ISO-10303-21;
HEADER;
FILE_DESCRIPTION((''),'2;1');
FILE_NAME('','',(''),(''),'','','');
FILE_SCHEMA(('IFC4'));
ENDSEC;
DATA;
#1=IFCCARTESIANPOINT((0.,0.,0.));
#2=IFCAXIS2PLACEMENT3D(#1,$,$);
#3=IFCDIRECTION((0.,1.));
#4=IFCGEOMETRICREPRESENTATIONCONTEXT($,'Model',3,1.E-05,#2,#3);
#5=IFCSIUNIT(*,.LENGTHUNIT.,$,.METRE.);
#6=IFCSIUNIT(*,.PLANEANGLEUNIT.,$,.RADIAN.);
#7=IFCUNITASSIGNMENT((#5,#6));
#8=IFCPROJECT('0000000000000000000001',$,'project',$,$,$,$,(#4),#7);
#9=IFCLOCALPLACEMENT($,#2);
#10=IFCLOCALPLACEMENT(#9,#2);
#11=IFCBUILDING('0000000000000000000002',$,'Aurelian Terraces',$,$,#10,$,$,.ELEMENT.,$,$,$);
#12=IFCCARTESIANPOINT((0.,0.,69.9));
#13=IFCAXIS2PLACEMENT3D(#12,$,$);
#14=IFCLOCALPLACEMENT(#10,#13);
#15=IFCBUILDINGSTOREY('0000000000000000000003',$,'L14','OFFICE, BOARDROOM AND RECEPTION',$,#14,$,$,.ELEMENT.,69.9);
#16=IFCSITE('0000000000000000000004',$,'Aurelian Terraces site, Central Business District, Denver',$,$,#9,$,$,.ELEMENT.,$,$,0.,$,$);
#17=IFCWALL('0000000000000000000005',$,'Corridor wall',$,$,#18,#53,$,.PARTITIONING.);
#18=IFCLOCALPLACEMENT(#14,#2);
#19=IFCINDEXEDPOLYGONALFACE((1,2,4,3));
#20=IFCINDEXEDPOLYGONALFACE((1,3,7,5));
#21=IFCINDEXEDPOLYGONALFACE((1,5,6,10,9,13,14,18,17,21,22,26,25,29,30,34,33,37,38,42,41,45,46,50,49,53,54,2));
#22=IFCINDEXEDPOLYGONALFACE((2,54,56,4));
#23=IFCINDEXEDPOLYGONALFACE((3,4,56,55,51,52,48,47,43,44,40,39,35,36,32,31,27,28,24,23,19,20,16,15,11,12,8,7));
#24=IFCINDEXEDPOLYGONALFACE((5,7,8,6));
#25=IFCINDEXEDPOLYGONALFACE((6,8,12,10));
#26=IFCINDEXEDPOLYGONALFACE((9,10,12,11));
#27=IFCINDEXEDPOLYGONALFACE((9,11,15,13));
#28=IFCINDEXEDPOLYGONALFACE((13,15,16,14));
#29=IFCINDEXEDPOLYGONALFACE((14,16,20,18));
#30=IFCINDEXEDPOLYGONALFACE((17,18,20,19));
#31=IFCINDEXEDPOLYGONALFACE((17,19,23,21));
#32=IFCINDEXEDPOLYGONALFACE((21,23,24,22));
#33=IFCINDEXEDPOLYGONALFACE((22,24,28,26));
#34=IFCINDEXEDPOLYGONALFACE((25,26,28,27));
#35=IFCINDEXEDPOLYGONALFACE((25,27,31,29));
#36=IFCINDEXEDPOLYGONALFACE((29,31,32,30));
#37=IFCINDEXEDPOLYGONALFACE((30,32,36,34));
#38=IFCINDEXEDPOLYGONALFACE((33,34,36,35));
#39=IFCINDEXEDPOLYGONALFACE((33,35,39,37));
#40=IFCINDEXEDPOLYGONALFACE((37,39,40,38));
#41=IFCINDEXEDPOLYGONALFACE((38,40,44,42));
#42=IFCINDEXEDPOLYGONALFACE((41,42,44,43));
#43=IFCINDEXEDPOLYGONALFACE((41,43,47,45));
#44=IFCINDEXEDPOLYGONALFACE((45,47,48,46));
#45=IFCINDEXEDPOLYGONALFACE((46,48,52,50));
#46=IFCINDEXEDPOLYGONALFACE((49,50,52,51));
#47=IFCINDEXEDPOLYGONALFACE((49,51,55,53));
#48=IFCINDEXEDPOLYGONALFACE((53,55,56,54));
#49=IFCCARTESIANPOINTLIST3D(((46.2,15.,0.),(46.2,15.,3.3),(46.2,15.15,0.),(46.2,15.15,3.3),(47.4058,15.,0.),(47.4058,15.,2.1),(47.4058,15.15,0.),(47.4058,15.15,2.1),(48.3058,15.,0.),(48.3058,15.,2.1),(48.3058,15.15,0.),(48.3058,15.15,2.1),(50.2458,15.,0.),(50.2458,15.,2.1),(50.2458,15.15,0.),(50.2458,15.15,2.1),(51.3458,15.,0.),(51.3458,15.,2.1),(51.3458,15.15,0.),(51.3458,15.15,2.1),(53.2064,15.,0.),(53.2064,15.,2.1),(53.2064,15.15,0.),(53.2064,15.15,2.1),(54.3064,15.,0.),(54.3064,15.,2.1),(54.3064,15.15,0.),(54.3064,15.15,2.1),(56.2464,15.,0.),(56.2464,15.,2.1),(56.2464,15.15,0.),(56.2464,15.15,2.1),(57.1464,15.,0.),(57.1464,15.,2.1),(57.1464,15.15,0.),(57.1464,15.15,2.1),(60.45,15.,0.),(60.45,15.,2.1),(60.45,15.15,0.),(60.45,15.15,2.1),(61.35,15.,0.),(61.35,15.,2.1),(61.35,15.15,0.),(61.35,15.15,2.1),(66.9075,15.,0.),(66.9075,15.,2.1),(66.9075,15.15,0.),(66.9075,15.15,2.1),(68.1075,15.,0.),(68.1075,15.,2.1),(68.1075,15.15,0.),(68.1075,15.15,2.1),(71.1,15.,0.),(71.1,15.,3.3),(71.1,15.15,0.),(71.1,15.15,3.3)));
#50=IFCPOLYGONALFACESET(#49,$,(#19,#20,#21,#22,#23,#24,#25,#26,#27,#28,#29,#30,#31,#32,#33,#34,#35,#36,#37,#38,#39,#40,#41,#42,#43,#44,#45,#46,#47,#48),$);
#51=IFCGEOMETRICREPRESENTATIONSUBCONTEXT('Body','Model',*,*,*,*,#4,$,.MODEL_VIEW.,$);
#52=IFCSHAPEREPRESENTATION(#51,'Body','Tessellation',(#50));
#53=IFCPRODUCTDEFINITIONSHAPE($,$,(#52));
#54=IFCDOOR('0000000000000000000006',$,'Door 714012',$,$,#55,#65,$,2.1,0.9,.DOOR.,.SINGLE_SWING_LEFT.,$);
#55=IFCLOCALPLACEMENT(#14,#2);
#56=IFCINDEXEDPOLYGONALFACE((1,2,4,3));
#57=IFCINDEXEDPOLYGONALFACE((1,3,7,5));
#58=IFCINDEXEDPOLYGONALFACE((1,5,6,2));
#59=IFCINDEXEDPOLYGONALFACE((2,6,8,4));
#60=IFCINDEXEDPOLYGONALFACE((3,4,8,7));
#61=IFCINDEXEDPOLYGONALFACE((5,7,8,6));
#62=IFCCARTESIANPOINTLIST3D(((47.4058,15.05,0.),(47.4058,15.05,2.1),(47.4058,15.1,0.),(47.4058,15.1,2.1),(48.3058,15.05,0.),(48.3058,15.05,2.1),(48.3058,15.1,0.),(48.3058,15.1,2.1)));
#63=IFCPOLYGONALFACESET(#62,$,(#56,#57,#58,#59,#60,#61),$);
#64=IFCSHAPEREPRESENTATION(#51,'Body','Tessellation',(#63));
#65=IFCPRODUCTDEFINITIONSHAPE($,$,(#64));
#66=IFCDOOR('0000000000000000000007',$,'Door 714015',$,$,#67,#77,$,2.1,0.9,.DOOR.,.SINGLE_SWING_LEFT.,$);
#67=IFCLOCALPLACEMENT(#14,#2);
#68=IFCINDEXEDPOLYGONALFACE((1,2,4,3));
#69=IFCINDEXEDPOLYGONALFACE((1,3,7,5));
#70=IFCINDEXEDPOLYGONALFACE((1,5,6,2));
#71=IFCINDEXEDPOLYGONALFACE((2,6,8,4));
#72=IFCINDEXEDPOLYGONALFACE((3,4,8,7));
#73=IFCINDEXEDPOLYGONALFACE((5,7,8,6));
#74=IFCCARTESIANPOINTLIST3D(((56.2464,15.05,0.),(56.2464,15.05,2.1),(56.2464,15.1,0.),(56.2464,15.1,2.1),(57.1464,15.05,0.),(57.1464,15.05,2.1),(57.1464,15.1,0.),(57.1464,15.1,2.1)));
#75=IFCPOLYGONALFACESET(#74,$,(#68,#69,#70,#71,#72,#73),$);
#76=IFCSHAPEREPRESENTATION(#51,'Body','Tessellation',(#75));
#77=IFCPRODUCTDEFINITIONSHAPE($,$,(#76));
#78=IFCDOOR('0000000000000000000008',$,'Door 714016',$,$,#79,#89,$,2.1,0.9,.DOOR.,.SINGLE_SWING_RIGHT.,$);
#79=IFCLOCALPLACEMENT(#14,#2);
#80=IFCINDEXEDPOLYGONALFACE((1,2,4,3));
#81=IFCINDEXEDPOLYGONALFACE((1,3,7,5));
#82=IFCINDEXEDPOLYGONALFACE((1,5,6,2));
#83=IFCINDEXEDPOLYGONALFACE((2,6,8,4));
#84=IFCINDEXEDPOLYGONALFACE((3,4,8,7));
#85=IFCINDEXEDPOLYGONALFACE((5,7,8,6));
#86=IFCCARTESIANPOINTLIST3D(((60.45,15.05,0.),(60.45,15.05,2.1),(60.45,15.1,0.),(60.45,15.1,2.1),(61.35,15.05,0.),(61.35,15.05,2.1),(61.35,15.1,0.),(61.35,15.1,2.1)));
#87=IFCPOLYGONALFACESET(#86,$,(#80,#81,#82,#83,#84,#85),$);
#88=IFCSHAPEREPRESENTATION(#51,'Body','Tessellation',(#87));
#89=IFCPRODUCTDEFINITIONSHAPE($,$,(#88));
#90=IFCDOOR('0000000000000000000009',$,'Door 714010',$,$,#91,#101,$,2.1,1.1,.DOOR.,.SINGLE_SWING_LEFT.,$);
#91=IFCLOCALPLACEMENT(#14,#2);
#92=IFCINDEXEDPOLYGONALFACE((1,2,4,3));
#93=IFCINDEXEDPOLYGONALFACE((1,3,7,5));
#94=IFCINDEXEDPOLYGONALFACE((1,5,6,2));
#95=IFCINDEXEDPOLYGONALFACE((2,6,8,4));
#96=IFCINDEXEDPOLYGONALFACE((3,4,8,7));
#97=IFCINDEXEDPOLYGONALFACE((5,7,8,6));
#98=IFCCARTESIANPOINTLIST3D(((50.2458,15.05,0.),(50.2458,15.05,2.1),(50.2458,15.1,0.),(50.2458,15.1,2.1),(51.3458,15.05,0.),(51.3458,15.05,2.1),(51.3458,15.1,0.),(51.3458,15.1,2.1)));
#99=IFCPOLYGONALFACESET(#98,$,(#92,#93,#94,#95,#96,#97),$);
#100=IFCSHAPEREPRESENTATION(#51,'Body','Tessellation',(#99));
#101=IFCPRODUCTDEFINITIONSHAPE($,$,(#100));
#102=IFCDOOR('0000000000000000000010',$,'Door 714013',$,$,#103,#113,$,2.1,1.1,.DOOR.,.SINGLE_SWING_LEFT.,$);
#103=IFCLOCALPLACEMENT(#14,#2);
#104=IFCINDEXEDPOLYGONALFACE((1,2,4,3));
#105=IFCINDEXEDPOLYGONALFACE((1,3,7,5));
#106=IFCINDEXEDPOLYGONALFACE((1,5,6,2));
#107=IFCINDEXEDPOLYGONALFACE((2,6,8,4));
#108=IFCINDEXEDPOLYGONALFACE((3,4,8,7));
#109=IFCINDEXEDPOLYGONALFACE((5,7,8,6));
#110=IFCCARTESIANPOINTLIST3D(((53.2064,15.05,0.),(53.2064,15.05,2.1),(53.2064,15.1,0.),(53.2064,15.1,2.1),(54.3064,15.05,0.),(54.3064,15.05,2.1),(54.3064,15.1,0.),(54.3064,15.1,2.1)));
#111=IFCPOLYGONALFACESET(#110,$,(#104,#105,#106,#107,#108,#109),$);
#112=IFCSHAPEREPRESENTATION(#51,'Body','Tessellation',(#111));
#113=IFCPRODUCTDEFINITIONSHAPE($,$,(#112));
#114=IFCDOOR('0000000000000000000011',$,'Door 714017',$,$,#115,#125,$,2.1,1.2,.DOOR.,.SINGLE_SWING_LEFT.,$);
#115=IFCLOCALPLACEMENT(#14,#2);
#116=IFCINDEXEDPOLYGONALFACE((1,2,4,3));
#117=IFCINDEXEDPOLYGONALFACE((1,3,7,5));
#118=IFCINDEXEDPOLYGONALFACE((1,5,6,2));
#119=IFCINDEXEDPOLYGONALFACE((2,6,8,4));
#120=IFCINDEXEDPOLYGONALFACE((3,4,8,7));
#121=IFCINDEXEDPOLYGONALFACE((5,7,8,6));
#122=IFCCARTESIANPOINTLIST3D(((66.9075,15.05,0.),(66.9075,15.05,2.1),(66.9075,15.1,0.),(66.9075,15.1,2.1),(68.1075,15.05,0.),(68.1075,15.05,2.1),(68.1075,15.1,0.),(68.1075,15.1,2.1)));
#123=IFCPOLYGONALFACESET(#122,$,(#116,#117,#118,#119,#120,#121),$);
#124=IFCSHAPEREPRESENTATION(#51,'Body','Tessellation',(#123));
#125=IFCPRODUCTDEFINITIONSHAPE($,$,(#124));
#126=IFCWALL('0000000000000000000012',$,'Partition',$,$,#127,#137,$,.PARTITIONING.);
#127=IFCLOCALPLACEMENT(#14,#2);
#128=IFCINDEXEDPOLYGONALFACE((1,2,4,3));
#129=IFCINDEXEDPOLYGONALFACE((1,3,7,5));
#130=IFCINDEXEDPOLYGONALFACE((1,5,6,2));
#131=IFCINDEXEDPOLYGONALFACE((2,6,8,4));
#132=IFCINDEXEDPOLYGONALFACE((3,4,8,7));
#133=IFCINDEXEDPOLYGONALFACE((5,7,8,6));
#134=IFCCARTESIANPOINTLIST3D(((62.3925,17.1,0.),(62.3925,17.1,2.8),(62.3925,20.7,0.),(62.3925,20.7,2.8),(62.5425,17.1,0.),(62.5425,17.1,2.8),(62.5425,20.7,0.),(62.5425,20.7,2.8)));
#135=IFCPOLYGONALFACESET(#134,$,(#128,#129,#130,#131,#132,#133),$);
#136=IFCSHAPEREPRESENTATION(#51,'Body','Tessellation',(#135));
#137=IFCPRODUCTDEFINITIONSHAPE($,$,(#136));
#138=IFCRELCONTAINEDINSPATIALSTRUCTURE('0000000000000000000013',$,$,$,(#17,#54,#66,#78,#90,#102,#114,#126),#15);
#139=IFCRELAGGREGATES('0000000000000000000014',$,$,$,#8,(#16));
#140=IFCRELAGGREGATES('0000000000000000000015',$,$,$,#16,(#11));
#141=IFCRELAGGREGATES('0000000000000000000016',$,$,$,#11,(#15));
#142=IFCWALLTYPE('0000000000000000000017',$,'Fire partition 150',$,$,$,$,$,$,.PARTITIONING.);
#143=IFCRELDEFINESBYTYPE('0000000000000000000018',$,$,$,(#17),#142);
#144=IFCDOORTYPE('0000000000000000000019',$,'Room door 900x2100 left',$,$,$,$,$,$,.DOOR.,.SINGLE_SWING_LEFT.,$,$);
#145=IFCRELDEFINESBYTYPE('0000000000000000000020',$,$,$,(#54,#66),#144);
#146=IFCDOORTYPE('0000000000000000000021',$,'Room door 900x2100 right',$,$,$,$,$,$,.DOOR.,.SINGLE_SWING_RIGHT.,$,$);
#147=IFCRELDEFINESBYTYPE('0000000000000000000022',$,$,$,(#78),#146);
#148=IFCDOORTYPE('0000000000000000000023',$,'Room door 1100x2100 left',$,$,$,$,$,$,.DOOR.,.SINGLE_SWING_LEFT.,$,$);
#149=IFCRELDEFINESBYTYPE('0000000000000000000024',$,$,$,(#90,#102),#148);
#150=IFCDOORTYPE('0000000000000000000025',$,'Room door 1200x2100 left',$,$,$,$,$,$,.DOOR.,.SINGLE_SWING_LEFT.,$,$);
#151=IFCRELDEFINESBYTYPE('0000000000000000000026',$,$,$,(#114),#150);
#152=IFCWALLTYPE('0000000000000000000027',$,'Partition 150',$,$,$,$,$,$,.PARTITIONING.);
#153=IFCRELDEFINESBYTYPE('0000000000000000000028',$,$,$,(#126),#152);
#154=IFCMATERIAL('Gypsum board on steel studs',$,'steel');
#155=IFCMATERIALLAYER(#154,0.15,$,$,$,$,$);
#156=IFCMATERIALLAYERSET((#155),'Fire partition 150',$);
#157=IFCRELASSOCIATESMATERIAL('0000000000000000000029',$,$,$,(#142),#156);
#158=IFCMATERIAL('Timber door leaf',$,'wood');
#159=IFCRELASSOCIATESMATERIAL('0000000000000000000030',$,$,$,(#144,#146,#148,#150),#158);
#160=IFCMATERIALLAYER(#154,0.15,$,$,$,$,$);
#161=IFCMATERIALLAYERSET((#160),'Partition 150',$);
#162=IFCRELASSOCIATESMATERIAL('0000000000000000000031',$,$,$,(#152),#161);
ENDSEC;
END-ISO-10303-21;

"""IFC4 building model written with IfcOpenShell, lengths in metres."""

from ifc_helpers import new_model, si_unit, direction, frame, frame_2d, origin, place, context, subcontext, project, spatial, rectangle, extrude, source, transform, mapped, material, layer, layer_set, type_object, element, fill, save


model = new_model("IFC4")

# Units and contexts
model_context = context("Model", 3, precision=1e-05, world=origin(), true_north=direction((0.0, 1.0)))
body_context = subcontext(model_context, "Body", "Model", "MODEL_VIEW")
ifc_project = project(units=[si_unit("LENGTHUNIT", "METRE"), si_unit("PLANEANGLEUNIT", "RADIAN")], contexts=[model_context])

# Site, building, storey
site_placement = place(None, origin())
site = spatial("IfcSite", under=ifc_project, at=site_placement, Name="Aurelian Terraces site, Central Business District, Denver", CompositionType="ELEMENT", RefElevation=0.0)
building_placement = place(site_placement, origin())
building = spatial("IfcBuilding", under=site, at=building_placement, Name="Aurelian Terraces", CompositionType="ELEMENT")
storey_placement = place(building_placement, frame((0.0, 0.0, 69.9)))
storey = spatial("IfcBuildingStorey", under=building, at=storey_placement, Name="L14", Description="OFFICE, BOARDROOM AND RECEPTION", CompositionType="ELEMENT", Elevation=69.9)

# Wall, openings, doors
ifc_material_1 = material(Name="Gypsum board on steel studs", Category="steel")
ifc_layer_1 = layer(ifc_material_1, 0.15)
ifc_layer_set_1 = layer_set([ifc_layer_1], Name="Fire partition 150")
wall_type_1 = type_object("IfcWallType", Name="Fire partition 150", PredefinedType="PARTITIONING", material=ifc_layer_set_1)
shared_shape_1 = source(origin(), body_context, "Body", "SweptSolid", [
    extrude(rectangle(XDim=24.9, YDim=0.15, at=frame_2d((12.45, 0.0))), origin(), (0.0, 0.0, 1.0), 3.3),
])
wall_1_placement = place(storey_placement, frame((71.1, 15.075, 0.0), z_axis=(0.0, 0.0, 1.0), x_axis=(-1.0, 0.0, 0.0)))
wall_1 = element("IfcWall", 1, at=wall_1_placement, inside=storey, type_object=wall_type_1, Name="Corridor wall", PredefinedType="PARTITIONING", context=body_context, shape_type="MappedRepresentation", body=[
    mapped(shared_shape_1, transform((0.0, 0.0, 0.0), scale=1.0)),
])
shared_shape_2 = source(origin(), body_context, "Body", "SweptSolid", [
    extrude(rectangle(XDim=1.1, YDim=2.1, at=frame_2d((0.55, 1.05))), frame((0.0, 0.085, 0.0), z_axis=(0.0, -1.0, 0.0), x_axis=(1.0, 0.0, 0.0)), (0.0, 0.0, 1.0), 0.17),
])
opening_1_placement = place(wall_1_placement, frame((19.7542, 0.0, 0.0)))
opening_1 = element("IfcOpeningElement", 2, at=opening_1_placement, cuts=wall_1, PredefinedType="OPENING", context=body_context, shape_type="MappedRepresentation", body=[
    mapped(shared_shape_2, transform((0.0, 0.0, 0.0), scale=1.0)),
])
shared_shape_3 = source(origin(), body_context, "Body", "SweptSolid", [
    extrude(rectangle(XDim=0.9, YDim=2.1, at=frame_2d((0.45, 1.05))), frame((0.0, 0.085, 0.0), z_axis=(0.0, -1.0, 0.0), x_axis=(1.0, 0.0, 0.0)), (0.0, 0.0, 1.0), 0.17),
])
opening_2_placement = place(wall_1_placement, frame((22.7942, 0.0, 0.0)))
opening_2 = element("IfcOpeningElement", 3, at=opening_2_placement, cuts=wall_1, PredefinedType="OPENING", context=body_context, shape_type="MappedRepresentation", body=[
    mapped(shared_shape_3, transform((0.0, 0.0, 0.0), scale=1.0)),
])
opening_3_placement = place(wall_1_placement, frame((16.7936, 0.0, 0.0)))
opening_3 = element("IfcOpeningElement", 4, at=opening_3_placement, cuts=wall_1, PredefinedType="OPENING", context=body_context, shape_type="MappedRepresentation", body=[
    mapped(shared_shape_2, transform((0.0, 0.0, 0.0), scale=1.0)),
])
opening_4_placement = place(wall_1_placement, frame((13.9536, 0.0, 0.0)))
opening_4 = element("IfcOpeningElement", 5, at=opening_4_placement, cuts=wall_1, PredefinedType="OPENING", context=body_context, shape_type="MappedRepresentation", body=[
    mapped(shared_shape_3, transform((0.0, 0.0, 0.0), scale=1.0)),
])
opening_5_placement = place(wall_1_placement, frame((9.75, 0.0, 0.0)))
opening_5 = element("IfcOpeningElement", 6, at=opening_5_placement, cuts=wall_1, PredefinedType="OPENING", context=body_context, shape_type="MappedRepresentation", body=[
    mapped(shared_shape_3, transform((0.0, 0.0, 0.0), scale=1.0)),
])
shared_shape_4 = source(origin(), body_context, "Body", "SweptSolid", [
    extrude(rectangle(XDim=1.2, YDim=2.1, at=frame_2d((0.6, 1.05))), frame((0.0, 0.085, 0.0), z_axis=(0.0, -1.0, 0.0), x_axis=(1.0, 0.0, 0.0)), (0.0, 0.0, 1.0), 0.17),
])
opening_6_placement = place(wall_1_placement, frame((2.9925, 0.0, 0.0)))
opening_6 = element("IfcOpeningElement", 7, at=opening_6_placement, cuts=wall_1, PredefinedType="OPENING", context=body_context, shape_type="MappedRepresentation", body=[
    mapped(shared_shape_4, transform((0.0, 0.0, 0.0), scale=1.0)),
])
ifc_material_2 = material(Name="Timber door leaf", Category="wood")
door_type_1 = type_object("IfcDoorType", Name="Room door 900x2100 left", OperationType="SINGLE_SWING_LEFT", PredefinedType="DOOR", material=ifc_material_2)
shared_shape_5 = source(origin(), body_context, "Body", "SweptSolid", [
    extrude(rectangle(XDim=0.9, YDim=2.1, at=frame_2d((0.45, 1.05))), frame((0.0, 0.025, 0.0), z_axis=(0.0, -1.0, 0.0), x_axis=(1.0, 0.0, 0.0)), (0.0, 0.0, 1.0), 0.05),
])
door_1_placement = place(opening_2_placement, origin())
door_1 = element("IfcDoor", 8, at=door_1_placement, inside=storey, type_object=door_type_1, Name="Door 714012", OperationType="SINGLE_SWING_LEFT", OverallHeight=2.1, OverallWidth=0.9, PredefinedType="DOOR", context=body_context, shape_type="MappedRepresentation", body=[
    mapped(shared_shape_5, transform((0.0, 0.0, 0.0), scale=1.0)),
])
fill(opening_2, door_1)
door_2_placement = place(opening_4_placement, origin())
door_2 = element("IfcDoor", 9, at=door_2_placement, inside=storey, type_object=door_type_1, Name="Door 714015", OperationType="SINGLE_SWING_LEFT", OverallHeight=2.1, OverallWidth=0.9, PredefinedType="DOOR", context=body_context, shape_type="MappedRepresentation", body=[
    mapped(shared_shape_5, transform((0.0, 0.0, 0.0), scale=1.0)),
])
fill(opening_4, door_2)
door_type_2 = type_object("IfcDoorType", Name="Room door 900x2100 right", OperationType="SINGLE_SWING_RIGHT", PredefinedType="DOOR", material=ifc_material_2)
door_3_placement = place(opening_5_placement, origin())
door_3 = element("IfcDoor", 10, at=door_3_placement, inside=storey, type_object=door_type_2, Name="Door 714016", OperationType="SINGLE_SWING_RIGHT", OverallHeight=2.1, OverallWidth=0.9, PredefinedType="DOOR", context=body_context, shape_type="MappedRepresentation", body=[
    mapped(shared_shape_5, transform((0.0, 0.0, 0.0), scale=1.0)),
])
fill(opening_5, door_3)
door_type_3 = type_object("IfcDoorType", Name="Room door 1100x2100 left", OperationType="SINGLE_SWING_LEFT", PredefinedType="DOOR", material=ifc_material_2)
shared_shape_6 = source(origin(), body_context, "Body", "SweptSolid", [
    extrude(rectangle(XDim=1.1, YDim=2.1, at=frame_2d((0.55, 1.05))), frame((0.0, 0.025, 0.0), z_axis=(0.0, -1.0, 0.0), x_axis=(1.0, 0.0, 0.0)), (0.0, 0.0, 1.0), 0.05),
])
door_4_placement = place(opening_1_placement, origin())
door_4 = element("IfcDoor", 11, at=door_4_placement, inside=storey, type_object=door_type_3, Name="Door 714010", OperationType="SINGLE_SWING_LEFT", OverallHeight=2.1, OverallWidth=1.1, PredefinedType="DOOR", context=body_context, shape_type="MappedRepresentation", body=[
    mapped(shared_shape_6, transform((0.0, 0.0, 0.0), scale=1.0)),
])
fill(opening_1, door_4)
door_5_placement = place(opening_3_placement, origin())
door_5 = element("IfcDoor", 12, at=door_5_placement, inside=storey, type_object=door_type_3, Name="Door 714013", OperationType="SINGLE_SWING_LEFT", OverallHeight=2.1, OverallWidth=1.1, PredefinedType="DOOR", context=body_context, shape_type="MappedRepresentation", body=[
    mapped(shared_shape_6, transform((0.0, 0.0, 0.0), scale=1.0)),
])
fill(opening_3, door_5)
door_type_4 = type_object("IfcDoorType", Name="Room door 1200x2100 left", OperationType="SINGLE_SWING_LEFT", PredefinedType="DOOR", material=ifc_material_2)
shared_shape_7 = source(origin(), body_context, "Body", "SweptSolid", [
    extrude(rectangle(XDim=1.2, YDim=2.1, at=frame_2d((0.6, 1.05))), frame((0.0, 0.025, 0.0), z_axis=(0.0, -1.0, 0.0), x_axis=(1.0, 0.0, 0.0)), (0.0, 0.0, 1.0), 0.05),
])
door_6_placement = place(opening_6_placement, origin())
door_6 = element("IfcDoor", 13, at=door_6_placement, inside=storey, type_object=door_type_4, Name="Door 714017", OperationType="SINGLE_SWING_LEFT", OverallHeight=2.1, OverallWidth=1.2, PredefinedType="DOOR", context=body_context, shape_type="MappedRepresentation", body=[
    mapped(shared_shape_7, transform((0.0, 0.0, 0.0), scale=1.0)),
])
fill(opening_6, door_6)

# Wall
ifc_layer_2 = layer(ifc_material_1, 0.15)
ifc_layer_set_2 = layer_set([ifc_layer_2], Name="Partition 150")
wall_type_2 = type_object("IfcWallType", Name="Partition 150", PredefinedType="PARTITIONING", material=ifc_layer_set_2)
shared_shape_8 = source(origin(), body_context, "Body", "SweptSolid", [
    extrude(rectangle(XDim=3.6, YDim=0.15, at=frame_2d((1.8, 0.0))), origin(), (0.0, 0.0, 1.0), 2.8),
])
wall_2_placement = place(storey_placement, frame((62.4675, 20.7, 0.0), z_axis=(0.0, 0.0, 1.0), x_axis=(0.0, -1.0, 0.0)))
element("IfcWall", 14, at=wall_2_placement, inside=storey, type_object=wall_type_2, Name="Partition", PredefinedType="PARTITIONING", context=body_context, shape_type="MappedRepresentation", body=[
    mapped(shared_shape_8, transform((0.0, 0.0, 0.0), scale=1.0)),
])

save(model, "model.ifc")
